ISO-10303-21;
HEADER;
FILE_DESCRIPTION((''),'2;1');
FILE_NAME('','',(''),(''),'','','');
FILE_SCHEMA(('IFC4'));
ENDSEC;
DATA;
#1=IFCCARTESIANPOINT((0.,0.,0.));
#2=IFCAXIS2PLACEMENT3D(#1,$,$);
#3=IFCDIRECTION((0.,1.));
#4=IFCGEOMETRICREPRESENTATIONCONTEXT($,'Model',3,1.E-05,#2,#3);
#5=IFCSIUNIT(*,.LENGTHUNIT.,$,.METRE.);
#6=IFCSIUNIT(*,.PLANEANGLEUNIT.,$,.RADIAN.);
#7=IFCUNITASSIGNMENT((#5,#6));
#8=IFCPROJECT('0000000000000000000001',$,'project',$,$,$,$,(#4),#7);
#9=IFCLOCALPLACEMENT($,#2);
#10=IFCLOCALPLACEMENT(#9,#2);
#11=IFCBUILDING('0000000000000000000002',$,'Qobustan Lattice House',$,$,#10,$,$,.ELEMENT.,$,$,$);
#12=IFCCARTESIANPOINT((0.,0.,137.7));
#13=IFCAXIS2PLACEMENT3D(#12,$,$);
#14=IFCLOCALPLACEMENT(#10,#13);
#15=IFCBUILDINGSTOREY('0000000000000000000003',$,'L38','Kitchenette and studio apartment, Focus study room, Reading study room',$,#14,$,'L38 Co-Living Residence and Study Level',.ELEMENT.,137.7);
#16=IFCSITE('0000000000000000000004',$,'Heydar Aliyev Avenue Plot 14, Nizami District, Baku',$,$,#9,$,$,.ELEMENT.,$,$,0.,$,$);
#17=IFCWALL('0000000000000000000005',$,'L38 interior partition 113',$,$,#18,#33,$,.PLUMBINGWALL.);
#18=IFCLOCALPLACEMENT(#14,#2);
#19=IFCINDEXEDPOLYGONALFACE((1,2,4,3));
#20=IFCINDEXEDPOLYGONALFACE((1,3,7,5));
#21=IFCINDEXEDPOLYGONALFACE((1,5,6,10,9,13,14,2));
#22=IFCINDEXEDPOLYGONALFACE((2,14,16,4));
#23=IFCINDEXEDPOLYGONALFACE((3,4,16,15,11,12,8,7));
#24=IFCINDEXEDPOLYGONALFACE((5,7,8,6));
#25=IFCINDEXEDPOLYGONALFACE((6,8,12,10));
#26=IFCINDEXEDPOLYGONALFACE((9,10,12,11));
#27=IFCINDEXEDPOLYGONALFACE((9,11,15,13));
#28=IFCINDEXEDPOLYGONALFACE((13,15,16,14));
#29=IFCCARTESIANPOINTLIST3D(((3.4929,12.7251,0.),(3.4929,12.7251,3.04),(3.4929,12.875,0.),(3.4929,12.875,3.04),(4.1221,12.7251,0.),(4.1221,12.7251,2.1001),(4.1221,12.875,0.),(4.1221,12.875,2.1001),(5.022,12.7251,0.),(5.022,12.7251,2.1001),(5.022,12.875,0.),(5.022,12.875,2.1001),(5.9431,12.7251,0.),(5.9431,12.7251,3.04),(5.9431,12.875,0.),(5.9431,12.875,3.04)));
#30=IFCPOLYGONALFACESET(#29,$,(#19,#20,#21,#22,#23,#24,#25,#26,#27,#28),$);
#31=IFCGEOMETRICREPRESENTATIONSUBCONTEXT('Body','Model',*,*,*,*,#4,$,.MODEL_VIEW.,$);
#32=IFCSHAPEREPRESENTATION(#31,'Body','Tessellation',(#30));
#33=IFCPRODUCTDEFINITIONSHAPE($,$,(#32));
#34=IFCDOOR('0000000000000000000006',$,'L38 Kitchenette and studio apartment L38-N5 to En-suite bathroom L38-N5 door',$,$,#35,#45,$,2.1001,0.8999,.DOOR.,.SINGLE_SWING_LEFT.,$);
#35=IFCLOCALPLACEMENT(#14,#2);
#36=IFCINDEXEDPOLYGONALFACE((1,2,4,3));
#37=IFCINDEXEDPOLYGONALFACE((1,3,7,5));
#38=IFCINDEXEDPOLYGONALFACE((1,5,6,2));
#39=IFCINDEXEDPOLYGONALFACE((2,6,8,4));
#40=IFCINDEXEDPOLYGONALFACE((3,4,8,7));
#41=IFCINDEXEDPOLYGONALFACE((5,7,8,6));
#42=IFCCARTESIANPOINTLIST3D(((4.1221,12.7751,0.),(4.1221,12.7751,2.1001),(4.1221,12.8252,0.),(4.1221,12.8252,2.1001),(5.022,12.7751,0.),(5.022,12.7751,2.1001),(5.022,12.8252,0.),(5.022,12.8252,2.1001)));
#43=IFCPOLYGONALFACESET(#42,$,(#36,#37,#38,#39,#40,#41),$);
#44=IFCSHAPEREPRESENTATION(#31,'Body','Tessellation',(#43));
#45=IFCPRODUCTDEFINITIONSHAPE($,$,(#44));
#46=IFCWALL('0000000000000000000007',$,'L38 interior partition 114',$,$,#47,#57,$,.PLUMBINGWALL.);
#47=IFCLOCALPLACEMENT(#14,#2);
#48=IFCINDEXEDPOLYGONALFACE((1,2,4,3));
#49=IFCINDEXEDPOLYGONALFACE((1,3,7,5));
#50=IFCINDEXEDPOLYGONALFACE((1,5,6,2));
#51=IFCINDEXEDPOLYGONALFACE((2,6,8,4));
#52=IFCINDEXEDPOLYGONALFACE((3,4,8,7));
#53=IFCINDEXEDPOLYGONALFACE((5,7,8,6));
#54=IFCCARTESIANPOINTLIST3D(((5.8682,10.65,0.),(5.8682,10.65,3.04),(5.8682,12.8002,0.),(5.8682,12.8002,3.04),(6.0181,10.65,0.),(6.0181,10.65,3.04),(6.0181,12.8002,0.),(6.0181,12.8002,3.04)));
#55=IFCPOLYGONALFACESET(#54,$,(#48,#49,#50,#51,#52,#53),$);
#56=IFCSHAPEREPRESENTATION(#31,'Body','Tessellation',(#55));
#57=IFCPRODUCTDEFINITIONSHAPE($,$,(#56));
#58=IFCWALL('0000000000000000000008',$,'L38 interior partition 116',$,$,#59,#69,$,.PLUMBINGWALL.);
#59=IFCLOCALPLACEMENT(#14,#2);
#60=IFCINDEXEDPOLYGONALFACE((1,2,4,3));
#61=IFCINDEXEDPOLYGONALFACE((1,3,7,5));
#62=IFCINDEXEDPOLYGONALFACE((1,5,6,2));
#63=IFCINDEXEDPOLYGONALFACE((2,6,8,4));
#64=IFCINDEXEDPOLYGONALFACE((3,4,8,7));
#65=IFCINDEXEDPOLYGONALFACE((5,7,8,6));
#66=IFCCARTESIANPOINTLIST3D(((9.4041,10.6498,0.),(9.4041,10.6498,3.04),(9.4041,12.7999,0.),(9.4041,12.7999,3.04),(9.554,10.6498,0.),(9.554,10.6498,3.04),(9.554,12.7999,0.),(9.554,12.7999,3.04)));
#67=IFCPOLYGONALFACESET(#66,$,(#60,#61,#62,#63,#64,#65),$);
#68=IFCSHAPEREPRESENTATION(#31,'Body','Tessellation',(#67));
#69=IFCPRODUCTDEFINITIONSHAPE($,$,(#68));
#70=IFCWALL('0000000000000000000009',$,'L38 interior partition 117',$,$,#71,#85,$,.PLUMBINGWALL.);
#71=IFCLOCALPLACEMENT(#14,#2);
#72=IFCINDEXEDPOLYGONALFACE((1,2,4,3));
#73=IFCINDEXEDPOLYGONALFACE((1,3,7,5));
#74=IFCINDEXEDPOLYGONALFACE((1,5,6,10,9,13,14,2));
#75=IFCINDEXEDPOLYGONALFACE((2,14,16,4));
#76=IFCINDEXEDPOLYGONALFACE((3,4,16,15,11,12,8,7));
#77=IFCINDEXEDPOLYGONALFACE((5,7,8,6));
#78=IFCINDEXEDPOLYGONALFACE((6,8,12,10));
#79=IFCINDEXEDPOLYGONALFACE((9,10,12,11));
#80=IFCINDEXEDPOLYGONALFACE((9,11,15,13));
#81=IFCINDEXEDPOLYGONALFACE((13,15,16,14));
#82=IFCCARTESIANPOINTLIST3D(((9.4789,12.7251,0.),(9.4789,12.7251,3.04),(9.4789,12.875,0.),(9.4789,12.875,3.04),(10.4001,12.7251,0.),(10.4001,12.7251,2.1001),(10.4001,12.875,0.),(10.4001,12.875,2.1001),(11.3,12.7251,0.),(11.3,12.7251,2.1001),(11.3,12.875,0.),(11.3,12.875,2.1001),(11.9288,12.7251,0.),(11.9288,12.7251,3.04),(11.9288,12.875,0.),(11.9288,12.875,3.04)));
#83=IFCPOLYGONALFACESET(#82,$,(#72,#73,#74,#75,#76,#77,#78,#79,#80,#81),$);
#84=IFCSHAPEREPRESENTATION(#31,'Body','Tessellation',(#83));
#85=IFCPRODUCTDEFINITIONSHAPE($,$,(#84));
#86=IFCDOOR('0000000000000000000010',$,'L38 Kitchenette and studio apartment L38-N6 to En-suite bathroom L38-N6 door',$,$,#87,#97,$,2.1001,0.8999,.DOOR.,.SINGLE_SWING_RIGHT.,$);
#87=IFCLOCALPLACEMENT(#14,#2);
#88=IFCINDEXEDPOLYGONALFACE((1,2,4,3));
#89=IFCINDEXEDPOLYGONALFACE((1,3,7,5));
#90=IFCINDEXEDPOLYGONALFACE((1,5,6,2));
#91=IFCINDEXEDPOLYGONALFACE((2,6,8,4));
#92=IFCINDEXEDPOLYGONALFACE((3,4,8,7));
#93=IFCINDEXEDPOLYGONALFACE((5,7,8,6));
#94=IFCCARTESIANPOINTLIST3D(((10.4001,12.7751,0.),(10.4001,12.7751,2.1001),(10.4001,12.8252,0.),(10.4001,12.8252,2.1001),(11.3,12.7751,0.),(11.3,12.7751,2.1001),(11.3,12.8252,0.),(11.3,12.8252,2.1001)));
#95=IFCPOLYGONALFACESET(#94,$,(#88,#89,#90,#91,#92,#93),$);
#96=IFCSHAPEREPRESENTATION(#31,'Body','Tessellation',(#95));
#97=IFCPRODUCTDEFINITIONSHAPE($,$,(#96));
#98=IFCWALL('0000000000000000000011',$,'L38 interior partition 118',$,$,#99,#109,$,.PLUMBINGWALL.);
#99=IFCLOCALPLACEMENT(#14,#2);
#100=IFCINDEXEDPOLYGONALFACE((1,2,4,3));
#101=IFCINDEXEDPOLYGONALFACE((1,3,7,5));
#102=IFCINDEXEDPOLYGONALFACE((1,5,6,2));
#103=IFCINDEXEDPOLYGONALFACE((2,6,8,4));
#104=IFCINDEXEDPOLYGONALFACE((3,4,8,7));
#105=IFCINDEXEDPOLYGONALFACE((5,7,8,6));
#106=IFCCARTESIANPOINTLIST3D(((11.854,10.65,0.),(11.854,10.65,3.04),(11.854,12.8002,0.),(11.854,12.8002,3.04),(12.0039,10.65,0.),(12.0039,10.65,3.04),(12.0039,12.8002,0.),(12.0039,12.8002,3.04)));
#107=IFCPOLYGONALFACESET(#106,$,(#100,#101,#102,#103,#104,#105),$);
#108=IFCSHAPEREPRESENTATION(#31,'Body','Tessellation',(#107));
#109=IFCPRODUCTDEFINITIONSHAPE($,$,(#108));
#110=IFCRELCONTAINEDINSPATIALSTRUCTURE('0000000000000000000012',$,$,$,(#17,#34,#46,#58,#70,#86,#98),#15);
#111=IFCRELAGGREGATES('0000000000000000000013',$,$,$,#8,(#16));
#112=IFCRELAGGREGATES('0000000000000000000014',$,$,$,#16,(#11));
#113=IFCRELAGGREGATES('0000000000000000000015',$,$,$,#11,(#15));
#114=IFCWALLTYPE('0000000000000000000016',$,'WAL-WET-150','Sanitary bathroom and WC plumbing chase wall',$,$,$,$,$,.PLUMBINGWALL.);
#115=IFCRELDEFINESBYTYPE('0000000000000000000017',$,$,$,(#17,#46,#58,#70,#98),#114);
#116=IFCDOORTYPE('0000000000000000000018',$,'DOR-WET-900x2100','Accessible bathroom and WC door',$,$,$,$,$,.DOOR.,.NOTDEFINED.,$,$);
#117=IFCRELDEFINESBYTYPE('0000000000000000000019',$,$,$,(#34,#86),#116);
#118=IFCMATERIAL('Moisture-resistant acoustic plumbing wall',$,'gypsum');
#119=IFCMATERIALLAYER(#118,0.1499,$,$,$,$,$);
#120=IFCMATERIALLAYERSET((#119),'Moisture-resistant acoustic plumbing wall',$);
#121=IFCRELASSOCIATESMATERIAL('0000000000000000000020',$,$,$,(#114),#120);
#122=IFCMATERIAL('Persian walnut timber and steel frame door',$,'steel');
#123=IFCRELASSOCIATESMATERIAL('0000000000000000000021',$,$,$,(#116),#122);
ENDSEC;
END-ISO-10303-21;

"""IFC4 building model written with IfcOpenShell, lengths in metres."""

from ifc_helpers import new_model, si_unit, direction, frame, frame_2d, origin, place, context, subcontext, project, spatial, rectangle, extrude, material, layer, layer_set, type_object, element, fill, save


model = new_model("IFC4")

# Units and contexts
model_context = context("Model", 3, precision=1e-05, world=origin(), true_north=direction((0.0, 1.0)))
body_context = subcontext(model_context, "Body", "Model", "MODEL_VIEW")
ifc_project = project(units=[si_unit("LENGTHUNIT", "METRE"), si_unit("PLANEANGLEUNIT", "RADIAN")], contexts=[model_context])

# Site, building, storey
site_placement = place(None, origin())
site = spatial("IfcSite", under=ifc_project, at=site_placement, Name="Heydar Aliyev Avenue Plot 14, Nizami District, Baku", CompositionType="ELEMENT", RefElevation=0.0)
building_placement = place(site_placement, origin())
building = spatial("IfcBuilding", under=site, at=building_placement, Name="Qobustan Lattice House", CompositionType="ELEMENT")
storey_placement = place(building_placement, frame((0.0, 0.0, 137.7)))
storey = spatial("IfcBuildingStorey", under=building, at=storey_placement, Name="L38", Description="Kitchenette and studio apartment, Focus study room, Reading study room", LongName="L38 Co-Living Residence and Study Level", CompositionType="ELEMENT", Elevation=137.7)

# Shared definitions
ifc_material_1 = material(Name="Moisture-resistant acoustic plumbing wall", Category="gypsum")
ifc_layer_1 = layer(ifc_material_1, 0.1499)
ifc_layer_set_1 = layer_set([ifc_layer_1], Name="Moisture-resistant acoustic plumbing wall")
wall_type_1 = type_object("IfcWallType", Name="WAL-WET-150", Description="Sanitary bathroom and WC plumbing chase wall", PredefinedType="PLUMBINGWALL", material=ifc_layer_set_1)

# Wall, opening, door
wall_1_placement = place(storey_placement, frame((5.9431, 12.8, 0.0), z_axis=(0.0, 0.0, 1.0), x_axis=(-1.0, 0.0, 0.0)))
wall_1 = element("IfcWall", 1, at=wall_1_placement, inside=storey, type_object=wall_type_1, Name="L38 interior partition 113", PredefinedType="PLUMBINGWALL", context=body_context, shape_type="SweptSolid", body=[
    extrude(rectangle(XDim=2.4502, YDim=0.1499, at=frame_2d((1.2251, 0.0))), origin(), (0.0, 0.0, 1.0), 3.04),
])
opening_1_placement = place(wall_1_placement, frame((0.9211, 0.0, 0.0)))
opening_1 = element("IfcOpeningElement", 2, at=opening_1_placement, cuts=wall_1, PredefinedType="OPENING", context=body_context, shape_type="SweptSolid", body=[
    extrude(rectangle(XDim=0.8999, YDim=2.1001, at=frame_2d((0.45, 1.05))), frame((0.0, 0.085, 0.0), z_axis=(0.0, -1.0, 0.0), x_axis=(1.0, 0.0, 0.0)), (0.0, 0.0, 1.0), 0.1699),
])
ifc_material_2 = material(Name="Persian walnut timber and steel frame door", Category="steel")
door_type_1 = type_object("IfcDoorType", Name="DOR-WET-900x2100", Description="Accessible bathroom and WC door", OperationType="NOTDEFINED", PredefinedType="DOOR", material=ifc_material_2)
door_1_placement = place(opening_1_placement, origin())
door_1 = element("IfcDoor", 3, at=door_1_placement, inside=storey, type_object=door_type_1, Name="L38 Kitchenette and studio apartment L38-N5 to En-suite bathroom L38-N5 door", OperationType="SINGLE_SWING_LEFT", OverallHeight=2.1001, OverallWidth=0.8999, PredefinedType="DOOR", context=body_context, shape_type="SweptSolid", body=[
    extrude(rectangle(XDim=0.8999, YDim=2.1001, at=frame_2d((0.45, 1.05))), frame((0.0, 0.0249, 0.0), z_axis=(0.0, -1.0, 0.0), x_axis=(1.0, 0.0, 0.0)), (0.0, 0.0, 1.0), 0.05),
])
fill(opening_1, door_1)

# Walls
for number, where, z_axis, x_axis, name in (
    (4, (5.9431, 10.6499, 0.0), (0.0, 0.0, 1.0), (0.0, 1.0, 0.0), "L38 interior partition 114"),
    (5, (9.479, 12.8, 0.0), (0.0, 0.0, 1.0), (0.0, -1.0, 0.0), "L38 interior partition 116"),
):
    element("IfcWall", number, at=place(storey_placement, frame(where, z_axis=z_axis, x_axis=x_axis)), inside=storey, type_object=wall_type_1, Name=name, PredefinedType="PLUMBINGWALL", context=body_context, shape_type="SweptSolid", body=[
        extrude(rectangle(XDim=2.1501, YDim=0.1499, at=frame_2d((1.0752, 0.0))), origin(), (0.0, 0.0, 1.0), 3.04),
    ])

# Wall, opening, door
wall_2_placement = place(storey_placement, frame((11.929, 12.8, 0.0), z_axis=(0.0, 0.0, 1.0), x_axis=(-1.0, 0.0, 0.0)))
wall_2 = element("IfcWall", 6, at=wall_2_placement, inside=storey, type_object=wall_type_1, Name="L38 interior partition 117", PredefinedType="PLUMBINGWALL", context=body_context, shape_type="SweptSolid", body=[
    extrude(rectangle(XDim=2.45, YDim=0.1499, at=frame_2d((1.2251, 0.0))), origin(), (0.0, 0.0, 1.0), 3.04),
])
opening_2_placement = place(wall_2_placement, frame((0.6289, 0.0, 0.0)))
opening_2 = element("IfcOpeningElement", 7, at=opening_2_placement, cuts=wall_2, PredefinedType="OPENING", context=body_context, shape_type="SweptSolid", body=[
    extrude(rectangle(XDim=0.8999, YDim=2.1001, at=frame_2d((0.45, 1.05))), frame((0.0, 0.085, 0.0), z_axis=(0.0, -1.0, 0.0), x_axis=(1.0, 0.0, 0.0)), (0.0, 0.0, 1.0), 0.1699),
])
door_2_placement = place(opening_2_placement, origin())
door_2 = element("IfcDoor", 8, at=door_2_placement, inside=storey, type_object=door_type_1, Name="L38 Kitchenette and studio apartment L38-N6 to En-suite bathroom L38-N6 door", OperationType="SINGLE_SWING_RIGHT", OverallHeight=2.1001, OverallWidth=0.8999, PredefinedType="DOOR", context=body_context, shape_type="SweptSolid", body=[
    extrude(rectangle(XDim=0.8999, YDim=2.1001, at=frame_2d((0.45, 1.05))), frame((0.0, 0.0249, 0.0), z_axis=(0.0, -1.0, 0.0), x_axis=(1.0, 0.0, 0.0)), (0.0, 0.0, 1.0), 0.05),
])
fill(opening_2, door_2)

# Wall
wall_3_placement = place(storey_placement, frame((11.929, 10.6499, 0.0), z_axis=(0.0, 0.0, 1.0), x_axis=(0.0, 1.0, 0.0)))
element("IfcWall", 9, at=wall_3_placement, inside=storey, type_object=wall_type_1, Name="L38 interior partition 118", PredefinedType="PLUMBINGWALL", context=body_context, shape_type="SweptSolid", body=[
    extrude(rectangle(XDim=2.1501, YDim=0.1499, at=frame_2d((1.0752, 0.0))), origin(), (0.0, 0.0, 1.0), 3.04),
])

save(model, "model.ifc")
